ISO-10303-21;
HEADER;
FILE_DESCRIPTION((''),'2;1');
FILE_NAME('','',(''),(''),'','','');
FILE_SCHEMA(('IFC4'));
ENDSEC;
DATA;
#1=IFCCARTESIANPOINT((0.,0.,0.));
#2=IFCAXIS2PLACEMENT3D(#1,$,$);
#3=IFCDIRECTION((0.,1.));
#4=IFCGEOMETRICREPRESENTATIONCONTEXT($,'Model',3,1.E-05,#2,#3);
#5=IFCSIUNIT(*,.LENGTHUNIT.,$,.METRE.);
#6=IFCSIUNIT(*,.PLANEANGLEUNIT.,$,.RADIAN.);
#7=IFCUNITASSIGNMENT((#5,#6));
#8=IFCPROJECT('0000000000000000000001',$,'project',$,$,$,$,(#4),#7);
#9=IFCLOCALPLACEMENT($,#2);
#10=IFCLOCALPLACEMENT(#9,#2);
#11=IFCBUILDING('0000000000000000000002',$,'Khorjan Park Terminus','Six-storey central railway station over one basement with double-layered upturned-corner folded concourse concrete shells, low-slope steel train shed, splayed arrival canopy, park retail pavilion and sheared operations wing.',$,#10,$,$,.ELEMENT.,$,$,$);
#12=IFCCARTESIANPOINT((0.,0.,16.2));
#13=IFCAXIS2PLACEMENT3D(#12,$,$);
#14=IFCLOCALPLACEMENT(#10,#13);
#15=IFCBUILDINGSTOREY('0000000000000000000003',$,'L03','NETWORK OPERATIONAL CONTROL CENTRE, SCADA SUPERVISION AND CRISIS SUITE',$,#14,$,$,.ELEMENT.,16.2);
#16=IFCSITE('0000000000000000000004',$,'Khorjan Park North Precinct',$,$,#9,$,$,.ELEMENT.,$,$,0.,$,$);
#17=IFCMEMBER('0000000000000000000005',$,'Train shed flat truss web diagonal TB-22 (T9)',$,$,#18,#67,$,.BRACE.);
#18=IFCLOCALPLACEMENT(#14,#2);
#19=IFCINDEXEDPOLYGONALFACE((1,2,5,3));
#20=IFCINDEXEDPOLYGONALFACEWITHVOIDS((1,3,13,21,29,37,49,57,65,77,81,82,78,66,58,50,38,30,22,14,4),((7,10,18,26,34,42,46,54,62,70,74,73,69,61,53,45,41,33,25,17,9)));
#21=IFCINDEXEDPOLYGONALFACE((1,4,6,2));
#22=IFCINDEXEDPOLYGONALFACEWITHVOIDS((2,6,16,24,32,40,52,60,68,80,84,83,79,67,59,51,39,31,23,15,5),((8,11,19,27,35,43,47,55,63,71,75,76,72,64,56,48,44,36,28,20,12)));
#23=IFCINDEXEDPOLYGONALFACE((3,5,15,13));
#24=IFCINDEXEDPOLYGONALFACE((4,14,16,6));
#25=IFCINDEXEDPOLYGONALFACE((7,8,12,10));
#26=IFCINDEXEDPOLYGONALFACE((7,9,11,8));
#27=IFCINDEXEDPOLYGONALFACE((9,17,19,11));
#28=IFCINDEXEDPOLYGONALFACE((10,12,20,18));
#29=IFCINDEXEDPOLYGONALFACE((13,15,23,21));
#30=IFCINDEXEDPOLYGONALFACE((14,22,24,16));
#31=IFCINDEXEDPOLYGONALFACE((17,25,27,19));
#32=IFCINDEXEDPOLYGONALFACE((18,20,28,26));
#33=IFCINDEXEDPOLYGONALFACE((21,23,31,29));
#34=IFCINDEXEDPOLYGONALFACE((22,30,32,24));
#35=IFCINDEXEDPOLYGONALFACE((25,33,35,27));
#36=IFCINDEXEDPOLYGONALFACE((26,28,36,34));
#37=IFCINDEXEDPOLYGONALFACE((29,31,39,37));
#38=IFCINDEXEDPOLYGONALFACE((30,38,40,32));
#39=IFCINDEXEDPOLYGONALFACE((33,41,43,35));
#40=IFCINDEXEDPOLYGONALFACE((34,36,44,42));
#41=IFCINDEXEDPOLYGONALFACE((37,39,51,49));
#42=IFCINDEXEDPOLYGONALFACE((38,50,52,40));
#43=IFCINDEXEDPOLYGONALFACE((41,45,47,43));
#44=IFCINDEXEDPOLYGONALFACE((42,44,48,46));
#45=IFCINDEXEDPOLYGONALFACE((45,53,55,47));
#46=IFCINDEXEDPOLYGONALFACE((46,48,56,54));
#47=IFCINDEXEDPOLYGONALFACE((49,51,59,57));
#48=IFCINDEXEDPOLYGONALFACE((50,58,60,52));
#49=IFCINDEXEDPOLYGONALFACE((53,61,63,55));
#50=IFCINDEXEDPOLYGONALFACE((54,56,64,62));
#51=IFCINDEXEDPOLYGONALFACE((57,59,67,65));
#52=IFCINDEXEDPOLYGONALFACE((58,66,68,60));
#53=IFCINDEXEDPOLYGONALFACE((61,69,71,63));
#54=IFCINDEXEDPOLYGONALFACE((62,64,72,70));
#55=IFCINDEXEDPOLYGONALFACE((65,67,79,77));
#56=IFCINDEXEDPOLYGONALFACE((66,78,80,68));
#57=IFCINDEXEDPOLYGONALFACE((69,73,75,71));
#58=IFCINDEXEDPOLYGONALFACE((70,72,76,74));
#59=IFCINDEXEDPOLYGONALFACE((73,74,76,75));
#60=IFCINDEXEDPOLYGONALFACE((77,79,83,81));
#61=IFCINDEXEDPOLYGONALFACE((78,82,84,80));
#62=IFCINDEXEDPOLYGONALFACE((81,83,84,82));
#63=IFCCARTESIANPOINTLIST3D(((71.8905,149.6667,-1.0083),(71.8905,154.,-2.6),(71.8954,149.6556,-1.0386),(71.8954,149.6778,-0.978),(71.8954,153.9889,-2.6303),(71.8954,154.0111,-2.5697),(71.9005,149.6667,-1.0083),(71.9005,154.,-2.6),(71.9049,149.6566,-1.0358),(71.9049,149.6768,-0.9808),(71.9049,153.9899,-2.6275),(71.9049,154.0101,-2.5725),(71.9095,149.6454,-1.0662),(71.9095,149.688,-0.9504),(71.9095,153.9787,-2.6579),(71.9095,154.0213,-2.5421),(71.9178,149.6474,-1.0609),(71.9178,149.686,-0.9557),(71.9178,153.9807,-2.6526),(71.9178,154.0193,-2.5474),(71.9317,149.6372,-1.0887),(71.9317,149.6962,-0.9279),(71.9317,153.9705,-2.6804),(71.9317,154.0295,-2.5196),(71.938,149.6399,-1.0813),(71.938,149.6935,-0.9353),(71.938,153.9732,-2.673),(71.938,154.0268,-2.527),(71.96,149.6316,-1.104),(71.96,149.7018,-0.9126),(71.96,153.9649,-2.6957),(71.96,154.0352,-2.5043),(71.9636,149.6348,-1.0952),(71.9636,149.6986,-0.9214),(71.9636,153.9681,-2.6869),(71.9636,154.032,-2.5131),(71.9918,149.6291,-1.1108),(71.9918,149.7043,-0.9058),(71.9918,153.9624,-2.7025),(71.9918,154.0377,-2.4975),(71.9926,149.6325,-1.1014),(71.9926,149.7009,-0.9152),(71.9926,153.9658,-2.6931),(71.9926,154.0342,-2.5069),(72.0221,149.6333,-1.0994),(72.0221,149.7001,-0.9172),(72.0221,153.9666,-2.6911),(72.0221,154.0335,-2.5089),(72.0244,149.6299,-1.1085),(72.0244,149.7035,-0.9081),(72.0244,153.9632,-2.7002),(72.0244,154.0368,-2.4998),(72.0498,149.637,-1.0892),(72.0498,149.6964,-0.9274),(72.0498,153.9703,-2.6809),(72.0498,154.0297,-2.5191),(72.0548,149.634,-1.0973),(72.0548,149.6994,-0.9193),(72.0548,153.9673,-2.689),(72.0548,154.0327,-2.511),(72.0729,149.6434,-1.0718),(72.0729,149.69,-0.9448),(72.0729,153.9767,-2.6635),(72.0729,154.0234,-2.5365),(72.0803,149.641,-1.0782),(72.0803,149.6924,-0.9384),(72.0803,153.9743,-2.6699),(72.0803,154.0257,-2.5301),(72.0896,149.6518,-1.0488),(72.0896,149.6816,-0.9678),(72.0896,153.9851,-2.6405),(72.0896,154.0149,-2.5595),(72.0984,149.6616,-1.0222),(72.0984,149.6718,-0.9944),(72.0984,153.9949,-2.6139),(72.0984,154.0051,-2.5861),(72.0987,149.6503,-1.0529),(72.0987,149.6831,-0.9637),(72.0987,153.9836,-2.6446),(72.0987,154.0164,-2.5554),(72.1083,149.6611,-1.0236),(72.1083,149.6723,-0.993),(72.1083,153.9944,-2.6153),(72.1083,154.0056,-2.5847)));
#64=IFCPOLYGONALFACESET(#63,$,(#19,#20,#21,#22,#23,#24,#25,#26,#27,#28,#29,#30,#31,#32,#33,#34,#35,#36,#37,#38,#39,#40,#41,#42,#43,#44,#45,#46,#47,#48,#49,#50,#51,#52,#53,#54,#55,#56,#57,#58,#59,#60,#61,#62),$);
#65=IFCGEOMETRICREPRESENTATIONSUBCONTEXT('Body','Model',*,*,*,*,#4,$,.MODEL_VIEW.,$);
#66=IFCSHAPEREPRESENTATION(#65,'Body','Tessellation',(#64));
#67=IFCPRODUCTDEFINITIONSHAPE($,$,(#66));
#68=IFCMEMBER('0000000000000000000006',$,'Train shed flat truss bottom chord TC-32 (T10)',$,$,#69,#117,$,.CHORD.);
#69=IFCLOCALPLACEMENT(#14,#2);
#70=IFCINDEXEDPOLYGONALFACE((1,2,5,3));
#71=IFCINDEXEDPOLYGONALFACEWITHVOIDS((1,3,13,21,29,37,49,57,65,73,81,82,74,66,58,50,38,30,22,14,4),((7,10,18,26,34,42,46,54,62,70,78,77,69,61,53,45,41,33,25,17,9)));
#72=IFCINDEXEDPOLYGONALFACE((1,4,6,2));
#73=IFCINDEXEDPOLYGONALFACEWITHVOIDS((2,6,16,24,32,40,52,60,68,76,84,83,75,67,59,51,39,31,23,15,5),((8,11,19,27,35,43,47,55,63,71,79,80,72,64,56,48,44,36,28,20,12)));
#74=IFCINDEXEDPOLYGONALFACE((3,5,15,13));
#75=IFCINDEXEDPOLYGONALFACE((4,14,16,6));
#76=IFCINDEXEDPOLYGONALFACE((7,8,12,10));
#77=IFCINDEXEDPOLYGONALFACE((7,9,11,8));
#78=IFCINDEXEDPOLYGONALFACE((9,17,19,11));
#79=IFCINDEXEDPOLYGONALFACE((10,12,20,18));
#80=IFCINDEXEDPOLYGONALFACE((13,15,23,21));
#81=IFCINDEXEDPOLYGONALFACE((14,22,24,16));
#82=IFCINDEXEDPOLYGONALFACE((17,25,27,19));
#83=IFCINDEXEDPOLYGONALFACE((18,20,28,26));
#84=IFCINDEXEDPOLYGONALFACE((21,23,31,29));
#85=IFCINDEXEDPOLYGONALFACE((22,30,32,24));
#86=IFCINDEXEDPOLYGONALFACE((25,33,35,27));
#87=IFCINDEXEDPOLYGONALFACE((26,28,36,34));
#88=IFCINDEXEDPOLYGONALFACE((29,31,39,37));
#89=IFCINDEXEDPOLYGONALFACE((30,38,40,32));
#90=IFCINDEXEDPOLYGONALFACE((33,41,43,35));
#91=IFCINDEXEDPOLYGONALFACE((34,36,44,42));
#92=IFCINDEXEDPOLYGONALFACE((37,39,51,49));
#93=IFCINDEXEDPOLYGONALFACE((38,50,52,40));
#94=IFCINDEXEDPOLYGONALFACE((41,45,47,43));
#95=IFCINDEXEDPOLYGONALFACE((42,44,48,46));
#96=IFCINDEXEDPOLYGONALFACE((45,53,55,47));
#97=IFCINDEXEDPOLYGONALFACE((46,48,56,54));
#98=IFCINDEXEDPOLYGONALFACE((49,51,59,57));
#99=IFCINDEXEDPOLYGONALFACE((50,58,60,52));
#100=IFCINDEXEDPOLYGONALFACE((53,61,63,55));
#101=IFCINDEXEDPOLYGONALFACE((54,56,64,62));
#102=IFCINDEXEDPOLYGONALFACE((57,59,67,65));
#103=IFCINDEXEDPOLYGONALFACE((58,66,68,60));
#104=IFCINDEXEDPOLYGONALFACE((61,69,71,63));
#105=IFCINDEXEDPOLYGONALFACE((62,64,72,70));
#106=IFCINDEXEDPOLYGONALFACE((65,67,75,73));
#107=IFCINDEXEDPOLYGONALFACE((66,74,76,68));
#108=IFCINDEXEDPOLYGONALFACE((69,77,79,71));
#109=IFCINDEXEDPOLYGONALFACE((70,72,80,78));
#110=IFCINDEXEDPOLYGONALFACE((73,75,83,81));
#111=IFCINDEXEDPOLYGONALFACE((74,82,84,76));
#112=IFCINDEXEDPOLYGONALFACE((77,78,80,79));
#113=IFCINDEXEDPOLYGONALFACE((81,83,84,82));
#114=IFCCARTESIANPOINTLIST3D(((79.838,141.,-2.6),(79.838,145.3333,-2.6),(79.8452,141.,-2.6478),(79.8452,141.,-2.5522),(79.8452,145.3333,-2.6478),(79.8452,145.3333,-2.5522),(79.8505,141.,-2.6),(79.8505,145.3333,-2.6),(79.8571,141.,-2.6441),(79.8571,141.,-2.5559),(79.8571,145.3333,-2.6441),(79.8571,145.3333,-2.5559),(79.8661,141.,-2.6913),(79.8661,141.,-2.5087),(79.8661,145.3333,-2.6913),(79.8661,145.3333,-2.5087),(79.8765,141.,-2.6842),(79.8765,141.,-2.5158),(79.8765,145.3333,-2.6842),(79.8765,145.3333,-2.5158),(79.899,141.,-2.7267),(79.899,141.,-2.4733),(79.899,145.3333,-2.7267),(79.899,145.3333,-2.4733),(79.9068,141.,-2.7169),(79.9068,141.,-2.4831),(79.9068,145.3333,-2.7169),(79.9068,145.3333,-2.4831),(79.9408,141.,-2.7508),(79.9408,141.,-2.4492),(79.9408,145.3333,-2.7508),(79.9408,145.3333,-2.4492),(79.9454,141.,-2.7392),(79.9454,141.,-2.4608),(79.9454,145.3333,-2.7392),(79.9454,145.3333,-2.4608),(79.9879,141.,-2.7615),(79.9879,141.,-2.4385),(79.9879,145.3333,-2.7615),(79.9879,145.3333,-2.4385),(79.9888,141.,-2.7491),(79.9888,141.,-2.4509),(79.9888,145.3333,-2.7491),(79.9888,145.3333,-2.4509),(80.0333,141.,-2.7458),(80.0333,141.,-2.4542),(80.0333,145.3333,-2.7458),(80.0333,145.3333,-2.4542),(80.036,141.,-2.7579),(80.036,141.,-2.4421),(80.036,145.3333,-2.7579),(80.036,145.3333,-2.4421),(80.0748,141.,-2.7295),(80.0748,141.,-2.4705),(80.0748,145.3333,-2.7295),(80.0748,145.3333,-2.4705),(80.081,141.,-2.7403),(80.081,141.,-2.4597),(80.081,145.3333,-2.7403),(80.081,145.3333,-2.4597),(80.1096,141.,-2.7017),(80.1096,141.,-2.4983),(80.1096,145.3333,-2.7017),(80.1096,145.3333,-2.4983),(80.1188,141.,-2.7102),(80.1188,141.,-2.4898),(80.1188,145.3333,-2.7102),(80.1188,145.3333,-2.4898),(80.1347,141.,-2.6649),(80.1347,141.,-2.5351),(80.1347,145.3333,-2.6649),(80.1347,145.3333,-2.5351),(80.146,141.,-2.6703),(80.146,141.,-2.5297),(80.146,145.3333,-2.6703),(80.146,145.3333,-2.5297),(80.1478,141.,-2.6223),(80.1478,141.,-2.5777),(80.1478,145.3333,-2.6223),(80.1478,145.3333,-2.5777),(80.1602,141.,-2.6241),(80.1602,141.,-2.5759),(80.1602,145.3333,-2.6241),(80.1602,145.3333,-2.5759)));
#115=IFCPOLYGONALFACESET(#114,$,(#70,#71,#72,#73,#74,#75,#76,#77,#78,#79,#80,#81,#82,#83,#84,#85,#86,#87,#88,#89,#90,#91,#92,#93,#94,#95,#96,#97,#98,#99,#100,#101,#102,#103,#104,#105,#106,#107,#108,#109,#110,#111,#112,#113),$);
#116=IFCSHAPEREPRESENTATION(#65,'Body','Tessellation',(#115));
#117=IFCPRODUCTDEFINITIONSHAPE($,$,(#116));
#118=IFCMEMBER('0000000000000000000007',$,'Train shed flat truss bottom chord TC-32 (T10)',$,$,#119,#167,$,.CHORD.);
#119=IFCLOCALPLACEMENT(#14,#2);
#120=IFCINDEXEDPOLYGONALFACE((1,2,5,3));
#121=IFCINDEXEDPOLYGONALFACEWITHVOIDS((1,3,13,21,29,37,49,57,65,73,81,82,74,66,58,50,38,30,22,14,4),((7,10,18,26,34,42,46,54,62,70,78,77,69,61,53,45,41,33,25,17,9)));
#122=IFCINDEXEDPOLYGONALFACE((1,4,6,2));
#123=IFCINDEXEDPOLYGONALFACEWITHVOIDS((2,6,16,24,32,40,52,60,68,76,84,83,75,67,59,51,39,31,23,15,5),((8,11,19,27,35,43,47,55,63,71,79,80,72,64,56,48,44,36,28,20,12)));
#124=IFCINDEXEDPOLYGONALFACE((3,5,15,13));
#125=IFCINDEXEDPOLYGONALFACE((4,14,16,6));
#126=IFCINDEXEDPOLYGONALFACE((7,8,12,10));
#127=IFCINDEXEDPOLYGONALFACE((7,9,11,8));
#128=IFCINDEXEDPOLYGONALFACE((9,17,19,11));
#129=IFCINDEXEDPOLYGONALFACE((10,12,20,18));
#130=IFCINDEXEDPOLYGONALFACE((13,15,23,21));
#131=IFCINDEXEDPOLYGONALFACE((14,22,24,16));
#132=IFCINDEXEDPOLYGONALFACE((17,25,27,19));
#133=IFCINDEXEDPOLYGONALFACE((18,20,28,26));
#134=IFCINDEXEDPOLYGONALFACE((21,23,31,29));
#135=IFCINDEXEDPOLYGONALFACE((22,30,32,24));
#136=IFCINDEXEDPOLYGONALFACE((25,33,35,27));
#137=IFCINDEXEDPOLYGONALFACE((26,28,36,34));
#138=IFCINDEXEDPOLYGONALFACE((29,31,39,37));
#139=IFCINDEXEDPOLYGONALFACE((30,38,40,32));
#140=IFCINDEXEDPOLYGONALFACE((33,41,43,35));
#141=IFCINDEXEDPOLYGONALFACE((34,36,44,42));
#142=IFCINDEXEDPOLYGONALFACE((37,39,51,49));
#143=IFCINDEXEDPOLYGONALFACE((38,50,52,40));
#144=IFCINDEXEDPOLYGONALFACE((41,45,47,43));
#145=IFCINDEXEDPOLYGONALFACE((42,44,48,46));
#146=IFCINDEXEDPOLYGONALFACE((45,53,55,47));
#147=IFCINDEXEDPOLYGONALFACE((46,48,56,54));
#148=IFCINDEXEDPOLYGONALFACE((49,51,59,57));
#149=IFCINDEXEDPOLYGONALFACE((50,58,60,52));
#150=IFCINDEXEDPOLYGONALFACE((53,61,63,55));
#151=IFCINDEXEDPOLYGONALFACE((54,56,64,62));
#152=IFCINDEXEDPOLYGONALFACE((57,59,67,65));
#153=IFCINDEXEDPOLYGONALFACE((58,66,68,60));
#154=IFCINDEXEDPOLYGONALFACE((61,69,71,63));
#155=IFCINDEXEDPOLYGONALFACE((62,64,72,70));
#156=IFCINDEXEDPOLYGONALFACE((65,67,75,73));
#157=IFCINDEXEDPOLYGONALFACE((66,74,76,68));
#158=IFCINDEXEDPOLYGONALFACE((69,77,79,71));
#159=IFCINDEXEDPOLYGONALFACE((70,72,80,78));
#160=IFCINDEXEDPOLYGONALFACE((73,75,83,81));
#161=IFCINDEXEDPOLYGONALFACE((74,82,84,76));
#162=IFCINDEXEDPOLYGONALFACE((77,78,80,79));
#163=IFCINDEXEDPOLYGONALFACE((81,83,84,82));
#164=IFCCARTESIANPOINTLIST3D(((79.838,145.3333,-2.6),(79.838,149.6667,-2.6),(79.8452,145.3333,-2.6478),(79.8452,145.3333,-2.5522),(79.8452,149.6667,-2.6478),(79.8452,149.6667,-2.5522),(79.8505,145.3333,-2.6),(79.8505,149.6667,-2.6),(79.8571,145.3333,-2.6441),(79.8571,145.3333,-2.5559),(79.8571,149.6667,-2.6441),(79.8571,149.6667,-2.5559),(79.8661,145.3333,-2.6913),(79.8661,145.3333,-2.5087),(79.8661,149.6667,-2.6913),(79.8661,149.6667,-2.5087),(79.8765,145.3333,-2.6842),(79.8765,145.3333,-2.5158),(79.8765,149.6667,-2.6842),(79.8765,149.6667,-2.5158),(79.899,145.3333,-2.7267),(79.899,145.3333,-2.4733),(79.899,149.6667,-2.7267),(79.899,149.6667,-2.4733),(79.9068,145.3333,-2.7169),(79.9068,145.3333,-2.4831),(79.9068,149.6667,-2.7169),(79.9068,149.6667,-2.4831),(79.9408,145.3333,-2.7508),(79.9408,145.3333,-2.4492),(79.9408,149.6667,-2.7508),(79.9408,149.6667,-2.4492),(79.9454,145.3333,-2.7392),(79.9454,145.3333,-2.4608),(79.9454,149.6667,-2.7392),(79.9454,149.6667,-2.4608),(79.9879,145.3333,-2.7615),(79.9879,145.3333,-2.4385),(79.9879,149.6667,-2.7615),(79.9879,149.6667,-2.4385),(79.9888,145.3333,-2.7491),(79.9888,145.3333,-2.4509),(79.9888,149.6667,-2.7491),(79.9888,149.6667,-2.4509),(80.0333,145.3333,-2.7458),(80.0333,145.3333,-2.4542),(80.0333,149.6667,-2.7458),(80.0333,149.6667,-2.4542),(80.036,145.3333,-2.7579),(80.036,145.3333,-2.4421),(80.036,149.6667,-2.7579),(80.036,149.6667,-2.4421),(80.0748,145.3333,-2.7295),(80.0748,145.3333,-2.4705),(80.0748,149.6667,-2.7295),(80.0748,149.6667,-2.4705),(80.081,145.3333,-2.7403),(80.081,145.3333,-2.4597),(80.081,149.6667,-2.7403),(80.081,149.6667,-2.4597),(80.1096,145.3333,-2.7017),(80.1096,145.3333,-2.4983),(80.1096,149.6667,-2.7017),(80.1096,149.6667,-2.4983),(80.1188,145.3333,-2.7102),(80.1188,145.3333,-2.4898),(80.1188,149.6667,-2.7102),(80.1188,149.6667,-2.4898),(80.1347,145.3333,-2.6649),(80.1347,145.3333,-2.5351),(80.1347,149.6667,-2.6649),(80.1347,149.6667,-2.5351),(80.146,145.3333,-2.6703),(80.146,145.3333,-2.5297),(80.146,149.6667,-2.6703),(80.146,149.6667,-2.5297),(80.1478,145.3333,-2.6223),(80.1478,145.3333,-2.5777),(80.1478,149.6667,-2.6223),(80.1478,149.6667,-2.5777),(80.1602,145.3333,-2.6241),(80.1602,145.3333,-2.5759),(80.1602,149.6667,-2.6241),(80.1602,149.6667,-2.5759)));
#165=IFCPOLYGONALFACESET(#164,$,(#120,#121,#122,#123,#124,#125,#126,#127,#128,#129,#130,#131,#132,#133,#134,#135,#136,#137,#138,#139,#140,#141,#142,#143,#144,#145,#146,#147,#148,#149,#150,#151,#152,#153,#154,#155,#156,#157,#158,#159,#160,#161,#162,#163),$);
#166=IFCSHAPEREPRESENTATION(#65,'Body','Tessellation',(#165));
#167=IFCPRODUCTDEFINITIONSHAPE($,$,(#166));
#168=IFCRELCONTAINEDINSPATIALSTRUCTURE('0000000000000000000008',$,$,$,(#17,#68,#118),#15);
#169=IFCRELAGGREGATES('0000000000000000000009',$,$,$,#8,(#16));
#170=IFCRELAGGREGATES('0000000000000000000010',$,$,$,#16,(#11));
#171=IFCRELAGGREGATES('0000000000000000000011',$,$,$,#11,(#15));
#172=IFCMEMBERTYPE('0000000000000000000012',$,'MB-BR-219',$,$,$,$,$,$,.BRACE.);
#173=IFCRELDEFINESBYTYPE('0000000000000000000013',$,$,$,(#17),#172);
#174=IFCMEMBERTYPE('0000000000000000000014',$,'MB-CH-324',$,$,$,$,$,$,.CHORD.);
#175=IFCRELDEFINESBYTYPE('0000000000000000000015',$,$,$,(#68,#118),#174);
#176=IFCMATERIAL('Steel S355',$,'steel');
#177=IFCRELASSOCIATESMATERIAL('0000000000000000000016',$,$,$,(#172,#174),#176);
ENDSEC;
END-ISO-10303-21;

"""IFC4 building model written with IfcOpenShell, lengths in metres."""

from ifc_helpers import new_model, si_unit, direction, frame, origin, origin_2d, place, context, subcontext, project, spatial, hollow_circle, extrude, material, material_profile, profile_set, type_object, element, save


model = new_model("IFC4")

# Units and contexts
model_context = context("Model", 3, precision=1e-05, world=origin(), true_north=direction((0.0, 1.0)))
body_context = subcontext(model_context, "Body", "Model", "MODEL_VIEW")
ifc_project = project(units=[si_unit("LENGTHUNIT", "METRE"), si_unit("PLANEANGLEUNIT", "RADIAN")], contexts=[model_context])

# Site, building, storey
site_placement = place(None, origin())
site = spatial("IfcSite", under=ifc_project, at=site_placement, Name="Khorjan Park North Precinct", CompositionType="ELEMENT", RefElevation=0.0)
building_placement = place(site_placement, origin())
building = spatial("IfcBuilding", under=site, at=building_placement, Name="Khorjan Park Terminus", Description="Six-storey central railway station over one basement with double-layered upturned-corner folded concourse concrete shells, low-slope steel train shed, splayed arrival canopy, park retail pavilion and sheared operations wing.", CompositionType="ELEMENT")
storey_placement = place(building_placement, frame((0.0, 0.0, 16.2)))
storey = spatial("IfcBuildingStorey", under=building, at=storey_placement, Name="L03", Description="NETWORK OPERATIONAL CONTROL CENTRE, SCADA SUPERVISION AND CRISIS SUITE", CompositionType="ELEMENT", Elevation=16.2)

# Members
ifc_material = material(Name="Steel S355", Category="steel")
ifc_material_profile_1 = material_profile(ifc_material, hollow_circle(Radius=0.1095, WallThickness=0.01, at=origin_2d()), Name="CHS 219.1x10")
ifc_profile_set_1 = profile_set([ifc_material_profile_1], Name="Steel S355")
member_type_1 = type_object("IfcMemberType", Name="MB-BR-219", PredefinedType="BRACE", material=ifc_profile_set_1)
member_1_placement = place(storey_placement, frame((72.0, 149.6667, -1.0083), z_axis=(0.0, 0.938678, -0.344794), x_axis=(-1.0, 0.0, 0.0)))
element("IfcMember", 1, at=member_1_placement, inside=storey, type_object=member_type_1, Name="Train shed flat truss web diagonal TB-22 (T9)", PredefinedType="BRACE", context=body_context, shape_type="SweptSolid", body=[
    extrude(hollow_circle(Radius=0.1095, WallThickness=0.01, at=origin_2d()), origin(), (0.0, 0.0, 1.0), 4.6164),
])
ifc_material_profile_2 = material_profile(ifc_material, hollow_circle(Radius=0.162, WallThickness=0.0125, at=origin_2d()), Name="CHS 323.9x12.5")
ifc_profile_set_2 = profile_set([ifc_material_profile_2], Name="Steel S355")
member_type_2 = type_object("IfcMemberType", Name="MB-CH-324", PredefinedType="CHORD", material=ifc_profile_set_2)
member_2_placement = place(storey_placement, frame((80.0, 141.0, -2.6), z_axis=(0.0, 1.0, 0.0), x_axis=(-1.0, 0.0, 0.0)))
element("IfcMember", 2, at=member_2_placement, inside=storey, type_object=member_type_2, Name="Train shed flat truss bottom chord TC-32 (T10)", PredefinedType="CHORD", context=body_context, shape_type="SweptSolid", body=[
    extrude(hollow_circle(Radius=0.162, WallThickness=0.0125, at=origin_2d()), origin(), (0.0, 0.0, 1.0), 4.3333),
])
member_3_placement = place(storey_placement, frame((80.0, 145.3333, -2.6), z_axis=(0.0, 1.0, 0.0), x_axis=(-1.0, 0.0, 0.0)))
element("IfcMember", 3, at=member_3_placement, inside=storey, type_object=member_type_2, Name="Train shed flat truss bottom chord TC-32 (T10)", PredefinedType="CHORD", context=body_context, shape_type="SweptSolid", body=[
    extrude(hollow_circle(Radius=0.162, WallThickness=0.0125, at=origin_2d()), origin(), (0.0, 0.0, 1.0), 4.3334),
])

save(model, "model.ifc")
